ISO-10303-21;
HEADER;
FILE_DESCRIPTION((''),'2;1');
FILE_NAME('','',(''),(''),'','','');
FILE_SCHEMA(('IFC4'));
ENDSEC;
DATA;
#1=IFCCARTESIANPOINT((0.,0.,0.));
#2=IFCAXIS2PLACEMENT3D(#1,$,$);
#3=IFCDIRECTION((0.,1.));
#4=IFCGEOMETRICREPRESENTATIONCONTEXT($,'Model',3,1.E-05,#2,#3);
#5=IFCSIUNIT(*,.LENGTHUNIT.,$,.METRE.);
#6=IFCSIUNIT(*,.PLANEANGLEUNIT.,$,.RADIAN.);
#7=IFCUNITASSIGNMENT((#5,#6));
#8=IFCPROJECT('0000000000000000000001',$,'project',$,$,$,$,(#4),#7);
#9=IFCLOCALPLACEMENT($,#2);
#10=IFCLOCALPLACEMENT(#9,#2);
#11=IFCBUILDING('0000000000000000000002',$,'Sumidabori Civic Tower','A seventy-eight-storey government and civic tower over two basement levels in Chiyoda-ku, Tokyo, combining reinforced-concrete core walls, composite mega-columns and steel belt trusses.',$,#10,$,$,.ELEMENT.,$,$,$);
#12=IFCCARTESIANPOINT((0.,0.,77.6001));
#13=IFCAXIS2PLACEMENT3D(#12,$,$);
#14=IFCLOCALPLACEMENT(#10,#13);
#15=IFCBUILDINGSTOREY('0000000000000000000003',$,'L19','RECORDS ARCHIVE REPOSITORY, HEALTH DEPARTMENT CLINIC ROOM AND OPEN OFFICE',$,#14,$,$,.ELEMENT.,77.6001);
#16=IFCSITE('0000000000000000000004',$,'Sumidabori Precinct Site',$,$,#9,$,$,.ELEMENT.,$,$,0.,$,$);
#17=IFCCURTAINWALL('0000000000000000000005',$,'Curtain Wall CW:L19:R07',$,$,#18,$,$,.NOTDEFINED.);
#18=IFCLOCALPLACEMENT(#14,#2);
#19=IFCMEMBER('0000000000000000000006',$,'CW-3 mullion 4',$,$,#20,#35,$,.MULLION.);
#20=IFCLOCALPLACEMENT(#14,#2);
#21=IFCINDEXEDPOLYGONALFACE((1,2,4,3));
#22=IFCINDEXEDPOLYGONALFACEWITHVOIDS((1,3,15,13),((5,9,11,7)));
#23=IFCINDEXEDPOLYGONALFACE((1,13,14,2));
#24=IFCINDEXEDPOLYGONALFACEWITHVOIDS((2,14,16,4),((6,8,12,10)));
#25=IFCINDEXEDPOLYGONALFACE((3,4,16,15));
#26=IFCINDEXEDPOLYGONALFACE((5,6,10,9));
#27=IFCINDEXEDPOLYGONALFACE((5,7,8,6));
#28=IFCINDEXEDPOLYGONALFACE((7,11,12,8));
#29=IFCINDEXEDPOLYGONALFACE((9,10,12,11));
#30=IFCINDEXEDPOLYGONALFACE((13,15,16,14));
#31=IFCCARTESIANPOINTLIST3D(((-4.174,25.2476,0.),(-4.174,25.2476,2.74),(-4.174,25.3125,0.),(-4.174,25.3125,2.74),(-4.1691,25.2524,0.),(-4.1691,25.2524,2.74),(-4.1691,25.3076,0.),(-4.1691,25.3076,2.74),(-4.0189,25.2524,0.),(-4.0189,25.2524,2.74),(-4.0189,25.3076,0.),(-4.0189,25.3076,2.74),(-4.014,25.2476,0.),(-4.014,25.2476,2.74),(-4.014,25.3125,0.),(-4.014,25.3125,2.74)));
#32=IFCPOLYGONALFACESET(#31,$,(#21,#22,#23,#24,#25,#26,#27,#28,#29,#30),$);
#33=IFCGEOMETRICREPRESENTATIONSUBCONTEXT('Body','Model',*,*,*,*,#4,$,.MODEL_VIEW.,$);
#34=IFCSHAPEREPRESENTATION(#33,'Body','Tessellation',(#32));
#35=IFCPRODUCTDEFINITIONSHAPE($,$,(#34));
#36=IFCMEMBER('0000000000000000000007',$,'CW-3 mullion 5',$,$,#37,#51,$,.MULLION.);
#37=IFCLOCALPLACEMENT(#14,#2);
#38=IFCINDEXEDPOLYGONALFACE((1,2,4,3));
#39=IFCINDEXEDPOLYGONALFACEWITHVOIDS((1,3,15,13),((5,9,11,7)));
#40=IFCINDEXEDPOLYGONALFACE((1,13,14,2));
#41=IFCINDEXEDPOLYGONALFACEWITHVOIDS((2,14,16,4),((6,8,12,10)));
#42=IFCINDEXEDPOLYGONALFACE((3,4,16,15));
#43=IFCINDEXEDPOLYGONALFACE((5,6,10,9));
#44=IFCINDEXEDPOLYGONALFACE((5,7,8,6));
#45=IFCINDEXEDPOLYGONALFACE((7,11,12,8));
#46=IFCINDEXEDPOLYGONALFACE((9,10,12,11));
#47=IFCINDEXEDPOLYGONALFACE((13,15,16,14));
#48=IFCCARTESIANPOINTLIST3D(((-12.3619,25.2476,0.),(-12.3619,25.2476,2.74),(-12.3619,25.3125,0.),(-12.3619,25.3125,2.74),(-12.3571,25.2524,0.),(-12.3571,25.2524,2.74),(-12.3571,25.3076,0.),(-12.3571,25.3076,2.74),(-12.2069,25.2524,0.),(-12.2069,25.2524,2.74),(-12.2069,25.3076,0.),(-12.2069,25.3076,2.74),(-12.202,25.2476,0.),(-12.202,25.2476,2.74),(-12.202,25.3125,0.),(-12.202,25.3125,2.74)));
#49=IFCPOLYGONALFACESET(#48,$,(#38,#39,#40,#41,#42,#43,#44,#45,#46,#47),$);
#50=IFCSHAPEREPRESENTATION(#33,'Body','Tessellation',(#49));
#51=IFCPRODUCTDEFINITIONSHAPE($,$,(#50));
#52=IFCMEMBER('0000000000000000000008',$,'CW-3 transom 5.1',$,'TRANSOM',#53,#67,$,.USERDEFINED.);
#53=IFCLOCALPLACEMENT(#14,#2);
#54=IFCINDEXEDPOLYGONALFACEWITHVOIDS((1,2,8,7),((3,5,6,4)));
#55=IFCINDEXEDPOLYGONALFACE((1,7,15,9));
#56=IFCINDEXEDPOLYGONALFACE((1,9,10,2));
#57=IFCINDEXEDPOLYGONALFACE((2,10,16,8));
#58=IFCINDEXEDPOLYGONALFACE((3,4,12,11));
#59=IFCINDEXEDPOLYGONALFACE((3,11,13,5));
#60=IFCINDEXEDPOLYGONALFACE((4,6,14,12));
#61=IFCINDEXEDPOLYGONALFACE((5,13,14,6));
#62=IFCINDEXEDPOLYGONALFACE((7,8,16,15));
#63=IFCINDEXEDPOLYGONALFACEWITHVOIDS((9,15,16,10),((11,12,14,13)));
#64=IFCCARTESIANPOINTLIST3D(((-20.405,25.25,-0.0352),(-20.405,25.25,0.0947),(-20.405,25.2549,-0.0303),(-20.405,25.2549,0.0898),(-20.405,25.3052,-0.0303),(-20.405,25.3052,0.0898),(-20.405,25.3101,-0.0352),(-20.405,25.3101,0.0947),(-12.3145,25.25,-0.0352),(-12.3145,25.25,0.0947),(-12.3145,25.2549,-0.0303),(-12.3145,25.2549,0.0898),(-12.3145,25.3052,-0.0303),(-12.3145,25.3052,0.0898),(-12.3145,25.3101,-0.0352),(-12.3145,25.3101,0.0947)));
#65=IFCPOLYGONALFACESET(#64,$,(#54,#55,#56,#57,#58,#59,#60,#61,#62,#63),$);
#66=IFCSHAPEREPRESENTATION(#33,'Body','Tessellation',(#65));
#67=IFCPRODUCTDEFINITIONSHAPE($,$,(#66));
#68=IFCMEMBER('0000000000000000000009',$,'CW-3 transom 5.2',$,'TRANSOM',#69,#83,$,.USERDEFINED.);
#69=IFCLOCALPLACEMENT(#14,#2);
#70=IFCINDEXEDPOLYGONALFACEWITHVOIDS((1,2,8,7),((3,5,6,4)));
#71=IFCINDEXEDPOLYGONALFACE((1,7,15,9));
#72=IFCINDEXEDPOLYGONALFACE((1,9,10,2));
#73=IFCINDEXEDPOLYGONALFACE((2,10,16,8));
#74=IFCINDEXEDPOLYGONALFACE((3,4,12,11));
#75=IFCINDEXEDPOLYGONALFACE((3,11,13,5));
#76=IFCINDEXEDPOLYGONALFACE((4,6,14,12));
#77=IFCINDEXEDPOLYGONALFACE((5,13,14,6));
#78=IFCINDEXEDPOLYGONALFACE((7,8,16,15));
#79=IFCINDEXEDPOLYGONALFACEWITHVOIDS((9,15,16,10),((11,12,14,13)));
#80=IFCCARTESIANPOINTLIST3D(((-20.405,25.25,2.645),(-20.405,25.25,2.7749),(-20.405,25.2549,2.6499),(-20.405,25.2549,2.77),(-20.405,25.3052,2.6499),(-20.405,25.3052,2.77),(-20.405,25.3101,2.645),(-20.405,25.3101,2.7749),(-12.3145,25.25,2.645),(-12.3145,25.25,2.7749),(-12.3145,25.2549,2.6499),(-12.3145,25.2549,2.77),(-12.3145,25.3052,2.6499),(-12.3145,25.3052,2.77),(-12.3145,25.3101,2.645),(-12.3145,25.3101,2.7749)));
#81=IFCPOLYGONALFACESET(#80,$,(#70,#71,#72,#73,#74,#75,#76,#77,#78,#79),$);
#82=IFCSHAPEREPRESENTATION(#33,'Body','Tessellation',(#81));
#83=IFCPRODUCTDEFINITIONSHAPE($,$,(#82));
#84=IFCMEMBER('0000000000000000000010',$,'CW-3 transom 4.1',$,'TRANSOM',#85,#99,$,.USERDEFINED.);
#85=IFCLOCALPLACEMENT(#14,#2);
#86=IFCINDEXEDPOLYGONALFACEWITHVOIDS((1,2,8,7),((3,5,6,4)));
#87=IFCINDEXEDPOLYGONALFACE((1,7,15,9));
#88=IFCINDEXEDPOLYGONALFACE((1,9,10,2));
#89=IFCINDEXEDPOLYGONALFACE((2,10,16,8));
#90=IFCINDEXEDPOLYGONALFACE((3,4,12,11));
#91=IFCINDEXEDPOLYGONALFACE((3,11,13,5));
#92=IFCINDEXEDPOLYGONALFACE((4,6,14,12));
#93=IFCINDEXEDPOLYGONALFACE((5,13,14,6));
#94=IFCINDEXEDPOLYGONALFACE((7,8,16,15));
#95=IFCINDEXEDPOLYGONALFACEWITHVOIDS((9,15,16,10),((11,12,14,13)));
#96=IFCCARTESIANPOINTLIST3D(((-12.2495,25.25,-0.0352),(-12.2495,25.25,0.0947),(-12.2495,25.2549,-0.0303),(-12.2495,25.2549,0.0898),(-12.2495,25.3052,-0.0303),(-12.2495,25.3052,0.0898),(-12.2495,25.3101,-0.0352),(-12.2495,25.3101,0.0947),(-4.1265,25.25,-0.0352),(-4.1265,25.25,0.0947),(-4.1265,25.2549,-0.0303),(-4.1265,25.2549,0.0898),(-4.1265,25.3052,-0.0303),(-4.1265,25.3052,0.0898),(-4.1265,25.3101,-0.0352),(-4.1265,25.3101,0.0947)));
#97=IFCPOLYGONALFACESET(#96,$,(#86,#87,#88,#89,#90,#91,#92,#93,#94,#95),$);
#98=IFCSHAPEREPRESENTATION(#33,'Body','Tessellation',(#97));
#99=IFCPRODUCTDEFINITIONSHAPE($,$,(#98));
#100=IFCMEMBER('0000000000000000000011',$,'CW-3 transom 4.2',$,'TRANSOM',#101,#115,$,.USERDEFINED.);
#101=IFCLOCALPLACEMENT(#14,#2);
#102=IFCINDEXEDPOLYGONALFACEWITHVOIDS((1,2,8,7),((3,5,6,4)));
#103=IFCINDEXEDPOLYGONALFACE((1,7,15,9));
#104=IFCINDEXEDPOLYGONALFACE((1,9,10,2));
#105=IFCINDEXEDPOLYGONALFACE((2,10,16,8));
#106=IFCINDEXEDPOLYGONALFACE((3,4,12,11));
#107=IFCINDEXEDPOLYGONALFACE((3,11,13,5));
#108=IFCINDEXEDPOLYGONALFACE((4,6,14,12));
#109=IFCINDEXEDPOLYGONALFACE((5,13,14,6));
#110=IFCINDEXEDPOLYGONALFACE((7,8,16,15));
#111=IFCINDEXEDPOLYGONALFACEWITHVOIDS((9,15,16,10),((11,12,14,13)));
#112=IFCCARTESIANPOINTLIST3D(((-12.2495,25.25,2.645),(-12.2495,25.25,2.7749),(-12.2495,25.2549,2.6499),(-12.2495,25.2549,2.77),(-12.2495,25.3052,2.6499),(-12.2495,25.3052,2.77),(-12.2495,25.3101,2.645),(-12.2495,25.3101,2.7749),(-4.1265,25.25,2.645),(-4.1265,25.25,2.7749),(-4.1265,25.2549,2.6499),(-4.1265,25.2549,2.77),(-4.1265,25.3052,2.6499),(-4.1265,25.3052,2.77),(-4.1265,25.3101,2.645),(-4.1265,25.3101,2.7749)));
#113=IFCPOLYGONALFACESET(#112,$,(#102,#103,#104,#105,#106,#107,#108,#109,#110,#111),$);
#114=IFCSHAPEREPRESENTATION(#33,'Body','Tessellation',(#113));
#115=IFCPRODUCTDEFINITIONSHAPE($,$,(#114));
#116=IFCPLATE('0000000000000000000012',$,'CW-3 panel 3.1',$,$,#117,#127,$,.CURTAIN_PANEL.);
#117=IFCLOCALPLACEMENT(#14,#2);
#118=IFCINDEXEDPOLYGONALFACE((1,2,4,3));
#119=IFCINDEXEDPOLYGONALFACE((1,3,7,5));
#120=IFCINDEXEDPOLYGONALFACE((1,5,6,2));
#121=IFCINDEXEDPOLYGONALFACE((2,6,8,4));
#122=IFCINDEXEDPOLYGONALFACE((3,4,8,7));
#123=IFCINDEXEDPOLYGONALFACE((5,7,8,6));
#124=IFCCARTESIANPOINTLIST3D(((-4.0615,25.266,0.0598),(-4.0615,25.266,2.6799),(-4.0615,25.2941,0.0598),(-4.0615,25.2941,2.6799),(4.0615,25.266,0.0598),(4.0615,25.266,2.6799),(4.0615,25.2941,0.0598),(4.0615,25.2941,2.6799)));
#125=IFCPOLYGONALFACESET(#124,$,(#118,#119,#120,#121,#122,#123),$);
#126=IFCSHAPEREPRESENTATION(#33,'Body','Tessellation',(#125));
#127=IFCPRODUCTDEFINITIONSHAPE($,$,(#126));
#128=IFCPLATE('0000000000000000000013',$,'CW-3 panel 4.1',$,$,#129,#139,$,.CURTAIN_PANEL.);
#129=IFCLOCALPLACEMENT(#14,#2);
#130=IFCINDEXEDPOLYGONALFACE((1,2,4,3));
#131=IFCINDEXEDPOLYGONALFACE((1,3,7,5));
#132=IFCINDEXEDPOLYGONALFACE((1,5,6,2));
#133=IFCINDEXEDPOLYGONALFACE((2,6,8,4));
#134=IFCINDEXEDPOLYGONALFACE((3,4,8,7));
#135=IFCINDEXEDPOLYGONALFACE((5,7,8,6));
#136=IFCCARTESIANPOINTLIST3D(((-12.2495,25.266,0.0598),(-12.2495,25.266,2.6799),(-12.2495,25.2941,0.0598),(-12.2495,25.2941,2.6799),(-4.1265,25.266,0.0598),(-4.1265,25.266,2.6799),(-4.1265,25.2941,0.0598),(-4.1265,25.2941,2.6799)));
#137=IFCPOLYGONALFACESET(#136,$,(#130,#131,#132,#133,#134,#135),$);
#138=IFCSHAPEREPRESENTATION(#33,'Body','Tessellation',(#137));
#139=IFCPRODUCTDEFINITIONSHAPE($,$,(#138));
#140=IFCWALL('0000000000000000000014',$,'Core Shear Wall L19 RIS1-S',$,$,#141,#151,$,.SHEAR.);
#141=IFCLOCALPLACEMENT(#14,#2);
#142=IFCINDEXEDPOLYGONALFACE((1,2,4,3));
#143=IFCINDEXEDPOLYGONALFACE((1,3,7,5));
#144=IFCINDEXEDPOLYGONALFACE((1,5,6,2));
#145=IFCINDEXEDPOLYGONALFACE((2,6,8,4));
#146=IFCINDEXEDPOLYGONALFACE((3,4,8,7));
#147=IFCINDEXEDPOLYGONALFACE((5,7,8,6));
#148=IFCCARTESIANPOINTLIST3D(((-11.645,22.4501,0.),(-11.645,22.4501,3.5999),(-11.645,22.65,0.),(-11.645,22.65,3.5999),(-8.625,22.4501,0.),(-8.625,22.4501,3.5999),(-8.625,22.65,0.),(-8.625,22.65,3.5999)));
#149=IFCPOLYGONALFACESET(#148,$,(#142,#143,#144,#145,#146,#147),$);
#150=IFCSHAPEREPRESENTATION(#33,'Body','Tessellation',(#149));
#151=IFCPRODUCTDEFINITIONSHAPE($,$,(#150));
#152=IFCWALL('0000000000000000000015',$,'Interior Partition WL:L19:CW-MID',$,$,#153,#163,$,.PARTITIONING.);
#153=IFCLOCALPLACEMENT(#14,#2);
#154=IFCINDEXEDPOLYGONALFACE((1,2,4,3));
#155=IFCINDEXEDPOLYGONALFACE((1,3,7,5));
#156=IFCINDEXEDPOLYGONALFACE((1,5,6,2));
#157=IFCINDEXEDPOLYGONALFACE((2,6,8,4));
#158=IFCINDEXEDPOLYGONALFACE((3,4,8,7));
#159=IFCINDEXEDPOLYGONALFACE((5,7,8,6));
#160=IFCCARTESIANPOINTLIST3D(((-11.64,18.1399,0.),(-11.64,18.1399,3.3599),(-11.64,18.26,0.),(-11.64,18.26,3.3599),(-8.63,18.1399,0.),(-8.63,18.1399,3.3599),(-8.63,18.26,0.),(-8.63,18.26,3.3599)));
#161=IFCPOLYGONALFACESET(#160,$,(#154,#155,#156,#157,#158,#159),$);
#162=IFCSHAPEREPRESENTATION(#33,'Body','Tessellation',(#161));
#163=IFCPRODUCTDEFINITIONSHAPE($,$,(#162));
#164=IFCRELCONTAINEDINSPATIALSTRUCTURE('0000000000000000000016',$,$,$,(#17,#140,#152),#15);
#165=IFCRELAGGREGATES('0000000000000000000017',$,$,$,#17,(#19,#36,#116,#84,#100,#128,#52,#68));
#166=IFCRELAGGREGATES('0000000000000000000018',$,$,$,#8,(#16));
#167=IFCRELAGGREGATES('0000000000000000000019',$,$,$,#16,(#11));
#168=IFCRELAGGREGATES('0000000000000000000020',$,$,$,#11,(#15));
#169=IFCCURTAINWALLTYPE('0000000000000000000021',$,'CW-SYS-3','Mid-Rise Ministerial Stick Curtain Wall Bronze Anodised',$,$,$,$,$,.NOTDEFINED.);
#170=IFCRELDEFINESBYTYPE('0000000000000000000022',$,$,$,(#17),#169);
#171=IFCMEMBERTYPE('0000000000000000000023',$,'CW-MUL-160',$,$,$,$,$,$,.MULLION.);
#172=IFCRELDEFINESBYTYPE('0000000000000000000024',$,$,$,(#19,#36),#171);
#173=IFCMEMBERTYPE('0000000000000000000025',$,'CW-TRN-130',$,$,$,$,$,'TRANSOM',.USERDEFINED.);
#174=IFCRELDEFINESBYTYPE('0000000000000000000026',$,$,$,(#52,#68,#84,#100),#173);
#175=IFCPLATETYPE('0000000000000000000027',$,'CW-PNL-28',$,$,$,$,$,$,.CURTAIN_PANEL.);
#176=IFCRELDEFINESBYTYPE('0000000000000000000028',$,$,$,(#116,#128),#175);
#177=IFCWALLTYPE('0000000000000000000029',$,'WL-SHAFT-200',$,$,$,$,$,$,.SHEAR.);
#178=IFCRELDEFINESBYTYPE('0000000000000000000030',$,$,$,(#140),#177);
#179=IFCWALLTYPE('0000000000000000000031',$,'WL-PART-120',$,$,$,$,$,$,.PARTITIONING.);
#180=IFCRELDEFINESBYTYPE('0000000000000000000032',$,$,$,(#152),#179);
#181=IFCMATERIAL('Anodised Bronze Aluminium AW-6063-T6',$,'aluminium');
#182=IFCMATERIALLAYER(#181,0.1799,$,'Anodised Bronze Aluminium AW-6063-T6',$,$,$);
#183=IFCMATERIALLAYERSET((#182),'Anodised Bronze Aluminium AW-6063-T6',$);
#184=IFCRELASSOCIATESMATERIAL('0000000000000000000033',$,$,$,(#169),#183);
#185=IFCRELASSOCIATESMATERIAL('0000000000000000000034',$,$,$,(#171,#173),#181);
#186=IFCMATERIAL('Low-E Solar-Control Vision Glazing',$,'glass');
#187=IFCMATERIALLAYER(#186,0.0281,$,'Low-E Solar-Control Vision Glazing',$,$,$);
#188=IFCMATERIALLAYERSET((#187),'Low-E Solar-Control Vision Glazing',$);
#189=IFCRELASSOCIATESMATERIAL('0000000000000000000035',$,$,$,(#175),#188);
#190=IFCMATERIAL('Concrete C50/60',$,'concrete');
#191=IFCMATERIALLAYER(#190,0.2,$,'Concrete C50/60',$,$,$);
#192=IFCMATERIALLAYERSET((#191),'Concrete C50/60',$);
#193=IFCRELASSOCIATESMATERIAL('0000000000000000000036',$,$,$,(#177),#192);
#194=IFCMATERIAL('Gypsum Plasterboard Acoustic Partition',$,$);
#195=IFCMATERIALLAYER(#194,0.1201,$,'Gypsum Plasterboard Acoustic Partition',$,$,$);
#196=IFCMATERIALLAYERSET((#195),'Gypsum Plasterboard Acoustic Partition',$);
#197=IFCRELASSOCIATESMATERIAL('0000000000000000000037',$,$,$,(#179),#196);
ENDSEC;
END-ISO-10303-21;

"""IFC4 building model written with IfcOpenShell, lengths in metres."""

from ifc_helpers import new_model, si_unit, direction, frame, frame_2d, origin, origin_2d, place, context, subcontext, project, spatial, rectangle, hollow_rectangle, extrude, source, transform, mapped, material, layer, layer_set, material_profile, profile_set, type_object, element, aggregate, save


model = new_model("IFC4")

# Units and contexts
model_context = context("Model", 3, precision=1e-05, world=origin(), true_north=direction((0.0, 1.0)))
body_context = subcontext(model_context, "Body", "Model", "MODEL_VIEW")
ifc_project = project(units=[si_unit("LENGTHUNIT", "METRE"), si_unit("PLANEANGLEUNIT", "RADIAN")], contexts=[model_context])

# Site, building, storey
site_placement = place(None, origin())
site = spatial("IfcSite", under=ifc_project, at=site_placement, Name="Sumidabori Precinct Site", CompositionType="ELEMENT", RefElevation=0.0)
building_placement = place(site_placement, origin())
building = spatial("IfcBuilding", under=site, at=building_placement, Name="Sumidabori Civic Tower", Description="A seventy-eight-storey government and civic tower over two basement levels in Chiyoda-ku, Tokyo, combining reinforced-concrete core walls, composite mega-columns and steel belt trusses.", CompositionType="ELEMENT")
storey_placement = place(building_placement, frame((0.0, 0.0, 77.6001)))
storey = spatial("IfcBuildingStorey", under=building, at=storey_placement, Name="L19", Description="RECORDS ARCHIVE REPOSITORY, HEALTH DEPARTMENT CLINIC ROOM AND OPEN OFFICE", CompositionType="ELEMENT", Elevation=77.6001)

# Curtain wall, members, plates
ifc_material_1 = material(Name="Anodised Bronze Aluminium AW-6063-T6", Category="aluminium")
ifc_layer_1 = layer(ifc_material_1, 0.1799, Name="Anodised Bronze Aluminium AW-6063-T6")
ifc_layer_set_1 = layer_set([ifc_layer_1], Name="Anodised Bronze Aluminium AW-6063-T6")
curtain_wall_type = type_object("IfcCurtainWallType", Name="CW-SYS-3", Description="Mid-Rise Ministerial Stick Curtain Wall Bronze Anodised", PredefinedType="NOTDEFINED", material=ifc_layer_set_1)
curtain_wall_placement = place(storey_placement, origin())
curtain_wall = element("IfcCurtainWall", 1, at=curtain_wall_placement, inside=storey, type_object=curtain_wall_type, Name="Curtain Wall CW:L19:R07", PredefinedType="NOTDEFINED")
ifc_material_profile_1 = material_profile(ifc_material_1, hollow_rectangle(XDim=0.0649, YDim=0.1599, WallThickness=0.0049, at=origin_2d()), Name="ALU MULLION 160x65")
ifc_profile_set_1 = profile_set([ifc_material_profile_1], Name="Anodised Bronze Aluminium AW-6063-T6")
member_type_1 = type_object("IfcMemberType", Name="CW-MUL-160", PredefinedType="MULLION", material=ifc_profile_set_1)
shared_shape_1 = source(origin(), body_context, "Body", "SweptSolid", [
    extrude(hollow_rectangle(XDim=0.0649, YDim=0.1599, WallThickness=0.0049, at=origin_2d()), origin(), (0.0, 0.0, 1.0), 2.74),
])
member_1_placement = place(storey_placement, frame((-4.094, 25.28, 0.0), z_axis=(0.0, 0.0, 1.0), x_axis=(0.0, -1.0, 0.0)))
member_1 = element("IfcMember", 2, at=member_1_placement, type_object=member_type_1, Name="CW-3 mullion 4", PredefinedType="MULLION", context=body_context, shape_type="MappedRepresentation", body=[
    mapped(shared_shape_1, transform((0.0, 0.0, 0.0), x_axis=(1.0, 0.0, 0.0), y_axis=(0.0, 1.0, 0.0), z_axis=(0.0, 0.0, 1.0), scale=1.0)),
])
member_2_placement = place(storey_placement, frame((-12.282, 25.28, 0.0), z_axis=(0.0, 0.0, 1.0), x_axis=(0.0, -1.0, 0.0)))
member_2 = element("IfcMember", 3, at=member_2_placement, type_object=member_type_1, Name="CW-3 mullion 5", PredefinedType="MULLION", context=body_context, shape_type="MappedRepresentation", body=[
    mapped(shared_shape_1, transform((0.0, 0.0, 0.0), x_axis=(1.0, 0.0, 0.0), y_axis=(0.0, 1.0, 0.0), z_axis=(0.0, 0.0, 1.0), scale=1.0)),
])
ifc_material_profile_2 = material_profile(ifc_material_1, hollow_rectangle(XDim=0.0601, YDim=0.1299, WallThickness=0.0049, at=origin_2d()), Name="ALU TRANSOM 130x60")
ifc_profile_set_2 = profile_set([ifc_material_profile_2], Name="Anodised Bronze Aluminium AW-6063-T6")
member_type_2 = type_object("IfcMemberType", Name="CW-TRN-130", ElementType="TRANSOM", PredefinedType="USERDEFINED", material=ifc_profile_set_2)
shared_shape_2 = source(origin(), body_context, "Body", "SweptSolid", [
    extrude(hollow_rectangle(XDim=0.0601, YDim=0.1299, WallThickness=0.0049, at=origin_2d()), origin(), (0.0, 0.0, 1.0), 8.0906),
])
member_3_placement = place(storey_placement, frame((-12.3145, 25.28, 0.0298), z_axis=(-1.0, 0.0, 0.0), x_axis=(0.0, -1.0, 0.0)))
member_3 = element("IfcMember", 4, at=member_3_placement, type_object=member_type_2, Name="CW-3 transom 5.1", ObjectType="TRANSOM", PredefinedType="USERDEFINED", context=body_context, shape_type="MappedRepresentation", body=[
    mapped(shared_shape_2, transform((0.0, 0.0, 0.0), x_axis=(1.0, 0.0, 0.0), y_axis=(0.0, 1.0, 0.0), z_axis=(0.0, 0.0, 1.0), scale=1.0)),
])
member_4_placement = place(storey_placement, frame((-12.3145, 25.28, 2.71), z_axis=(-1.0, 0.0, 0.0), x_axis=(0.0, -1.0, 0.0)))
member_4 = element("IfcMember", 5, at=member_4_placement, type_object=member_type_2, Name="CW-3 transom 5.2", ObjectType="TRANSOM", PredefinedType="USERDEFINED", context=body_context, shape_type="MappedRepresentation", body=[
    mapped(shared_shape_2, transform((0.0, 0.0, 0.0), x_axis=(1.0, 0.0, 0.0), y_axis=(0.0, 1.0, 0.0), z_axis=(0.0, 0.0, 1.0), scale=1.0)),
])
shared_shape_3 = source(origin(), body_context, "Body", "SweptSolid", [
    extrude(hollow_rectangle(XDim=0.0601, YDim=0.1299, WallThickness=0.0049, at=origin_2d()), origin(), (0.0, 0.0, 1.0), 8.123),
])
member_5_placement = place(storey_placement, frame((-4.1265, 25.28, 0.0298), z_axis=(-1.0, 0.0, 0.0), x_axis=(0.0, -1.0, 0.0)))
member_5 = element("IfcMember", 6, at=member_5_placement, type_object=member_type_2, Name="CW-3 transom 4.1", ObjectType="TRANSOM", PredefinedType="USERDEFINED", context=body_context, shape_type="MappedRepresentation", body=[
    mapped(shared_shape_3, transform((0.0, 0.0, 0.0), x_axis=(1.0, 0.0, 0.0), y_axis=(0.0, 1.0, 0.0), z_axis=(0.0, 0.0, 1.0), scale=1.0)),
])
member_6_placement = place(storey_placement, frame((-4.1265, 25.28, 2.71), z_axis=(-1.0, 0.0, 0.0), x_axis=(0.0, -1.0, 0.0)))
member_6 = element("IfcMember", 7, at=member_6_placement, type_object=member_type_2, Name="CW-3 transom 4.2", ObjectType="TRANSOM", PredefinedType="USERDEFINED", context=body_context, shape_type="MappedRepresentation", body=[
    mapped(shared_shape_3, transform((0.0, 0.0, 0.0), x_axis=(1.0, 0.0, 0.0), y_axis=(0.0, 1.0, 0.0), z_axis=(0.0, 0.0, 1.0), scale=1.0)),
])
ifc_material_2 = material(Name="Low-E Solar-Control Vision Glazing", Category="glass")
ifc_layer_2 = layer(ifc_material_2, 0.0281, Name="Low-E Solar-Control Vision Glazing")
ifc_layer_set_2 = layer_set([ifc_layer_2], Name="Low-E Solar-Control Vision Glazing")
plate_type = type_object("IfcPlateType", Name="CW-PNL-28", PredefinedType="CURTAIN_PANEL", material=ifc_layer_set_2)
shared_shape_4 = source(origin(), body_context, "Body", "SweptSolid", [
    extrude(rectangle(XDim=8.123, YDim=0.0281, at=origin_2d()), origin(), (0.0, 0.0, 1.0), 2.6201),
])
plate_1_placement = place(storey_placement, frame((0.0, 25.28, 0.0598), z_axis=(0.0, 0.0, 1.0), x_axis=(-1.0, 0.0, 0.0)))
plate_1 = element("IfcPlate", 8, at=plate_1_placement, type_object=plate_type, Name="CW-3 panel 3.1", PredefinedType="CURTAIN_PANEL", context=body_context, shape_type="MappedRepresentation", body=[
    mapped(shared_shape_4, transform((0.0, 0.0, 0.0), x_axis=(1.0, 0.0, 0.0), y_axis=(0.0, 1.0, 0.0), z_axis=(0.0, 0.0, 1.0), scale=1.0)),
])
plate_2_placement = place(storey_placement, frame((-8.188, 25.28, 0.0598), z_axis=(0.0, 0.0, 1.0), x_axis=(-1.0, 0.0, 0.0)))
plate_2 = element("IfcPlate", 9, at=plate_2_placement, type_object=plate_type, Name="CW-3 panel 4.1", PredefinedType="CURTAIN_PANEL", context=body_context, shape_type="MappedRepresentation", body=[
    mapped(shared_shape_4, transform((0.0, 0.0, 0.0), x_axis=(1.0, 0.0, 0.0), y_axis=(0.0, 1.0, 0.0), z_axis=(0.0, 0.0, 1.0), scale=1.0)),
])
aggregate(curtain_wall, [member_1, member_2, plate_1, member_5, member_6, plate_2, member_3, member_4])

# Wall
ifc_material_3 = material(Name="Concrete C50/60", Category="concrete")
ifc_layer_3 = layer(ifc_material_3, 0.2, Name="Concrete C50/60")
ifc_layer_set_3 = layer_set([ifc_layer_3], Name="Concrete C50/60")
wall_type_1 = type_object("IfcWallType", Name="WL-SHAFT-200", PredefinedType="SHEAR", material=ifc_layer_set_3)
shared_shape_5 = source(origin(), body_context, "Body", "SweptSolid", [
    extrude(rectangle(XDim=3.02, YDim=0.2, at=frame_2d((1.51, 0.0))), origin(), (0.0, 0.0, 1.0), 3.5999),
])
wall_1_placement = place(storey_placement, frame((-11.645, 22.55, 0.0), z_axis=(0.0, 0.0, 1.0), x_axis=(1.0, 0.0, 0.0)))
element("IfcWall", 10, at=wall_1_placement, inside=storey, type_object=wall_type_1, Name="Core Shear Wall L19 RIS1-S", PredefinedType="SHEAR", context=body_context, shape_type="MappedRepresentation", body=[
    mapped(shared_shape_5, transform((0.0, 0.0, 0.0), x_axis=(1.0, 0.0, 0.0), y_axis=(0.0, 1.0, 0.0), z_axis=(0.0, 0.0, 1.0), scale=1.0)),
])

# Shared definitions
ifc_material_4 = material(Name="Gypsum Plasterboard Acoustic Partition")

# Wall
ifc_layer_4 = layer(ifc_material_4, 0.1201, Name="Gypsum Plasterboard Acoustic Partition")
ifc_layer_set_4 = layer_set([ifc_layer_4], Name="Gypsum Plasterboard Acoustic Partition")
wall_type_2 = type_object("IfcWallType", Name="WL-PART-120", PredefinedType="PARTITIONING", material=ifc_layer_set_4)
shared_shape_6 = source(origin(), body_context, "Body", "SweptSolid", [
    extrude(rectangle(XDim=3.01, YDim=0.1201, at=frame_2d((1.5049, 0.0))), origin(), (0.0, 0.0, 1.0), 3.3599),
])
wall_2_placement = place(storey_placement, frame((-11.6399, 18.2, 0.0), z_axis=(0.0, 0.0, 1.0), x_axis=(1.0, 0.0, 0.0)))
element("IfcWall", 11, at=wall_2_placement, inside=storey, type_object=wall_type_2, Name="Interior Partition WL:L19:CW-MID", PredefinedType="PARTITIONING", context=body_context, shape_type="MappedRepresentation", body=[
    mapped(shared_shape_6, transform((0.0, 0.0, 0.0), x_axis=(1.0, 0.0, 0.0), y_axis=(0.0, 1.0, 0.0), z_axis=(0.0, 0.0, 1.0), scale=1.0)),
])

save(model, "model.ifc")
